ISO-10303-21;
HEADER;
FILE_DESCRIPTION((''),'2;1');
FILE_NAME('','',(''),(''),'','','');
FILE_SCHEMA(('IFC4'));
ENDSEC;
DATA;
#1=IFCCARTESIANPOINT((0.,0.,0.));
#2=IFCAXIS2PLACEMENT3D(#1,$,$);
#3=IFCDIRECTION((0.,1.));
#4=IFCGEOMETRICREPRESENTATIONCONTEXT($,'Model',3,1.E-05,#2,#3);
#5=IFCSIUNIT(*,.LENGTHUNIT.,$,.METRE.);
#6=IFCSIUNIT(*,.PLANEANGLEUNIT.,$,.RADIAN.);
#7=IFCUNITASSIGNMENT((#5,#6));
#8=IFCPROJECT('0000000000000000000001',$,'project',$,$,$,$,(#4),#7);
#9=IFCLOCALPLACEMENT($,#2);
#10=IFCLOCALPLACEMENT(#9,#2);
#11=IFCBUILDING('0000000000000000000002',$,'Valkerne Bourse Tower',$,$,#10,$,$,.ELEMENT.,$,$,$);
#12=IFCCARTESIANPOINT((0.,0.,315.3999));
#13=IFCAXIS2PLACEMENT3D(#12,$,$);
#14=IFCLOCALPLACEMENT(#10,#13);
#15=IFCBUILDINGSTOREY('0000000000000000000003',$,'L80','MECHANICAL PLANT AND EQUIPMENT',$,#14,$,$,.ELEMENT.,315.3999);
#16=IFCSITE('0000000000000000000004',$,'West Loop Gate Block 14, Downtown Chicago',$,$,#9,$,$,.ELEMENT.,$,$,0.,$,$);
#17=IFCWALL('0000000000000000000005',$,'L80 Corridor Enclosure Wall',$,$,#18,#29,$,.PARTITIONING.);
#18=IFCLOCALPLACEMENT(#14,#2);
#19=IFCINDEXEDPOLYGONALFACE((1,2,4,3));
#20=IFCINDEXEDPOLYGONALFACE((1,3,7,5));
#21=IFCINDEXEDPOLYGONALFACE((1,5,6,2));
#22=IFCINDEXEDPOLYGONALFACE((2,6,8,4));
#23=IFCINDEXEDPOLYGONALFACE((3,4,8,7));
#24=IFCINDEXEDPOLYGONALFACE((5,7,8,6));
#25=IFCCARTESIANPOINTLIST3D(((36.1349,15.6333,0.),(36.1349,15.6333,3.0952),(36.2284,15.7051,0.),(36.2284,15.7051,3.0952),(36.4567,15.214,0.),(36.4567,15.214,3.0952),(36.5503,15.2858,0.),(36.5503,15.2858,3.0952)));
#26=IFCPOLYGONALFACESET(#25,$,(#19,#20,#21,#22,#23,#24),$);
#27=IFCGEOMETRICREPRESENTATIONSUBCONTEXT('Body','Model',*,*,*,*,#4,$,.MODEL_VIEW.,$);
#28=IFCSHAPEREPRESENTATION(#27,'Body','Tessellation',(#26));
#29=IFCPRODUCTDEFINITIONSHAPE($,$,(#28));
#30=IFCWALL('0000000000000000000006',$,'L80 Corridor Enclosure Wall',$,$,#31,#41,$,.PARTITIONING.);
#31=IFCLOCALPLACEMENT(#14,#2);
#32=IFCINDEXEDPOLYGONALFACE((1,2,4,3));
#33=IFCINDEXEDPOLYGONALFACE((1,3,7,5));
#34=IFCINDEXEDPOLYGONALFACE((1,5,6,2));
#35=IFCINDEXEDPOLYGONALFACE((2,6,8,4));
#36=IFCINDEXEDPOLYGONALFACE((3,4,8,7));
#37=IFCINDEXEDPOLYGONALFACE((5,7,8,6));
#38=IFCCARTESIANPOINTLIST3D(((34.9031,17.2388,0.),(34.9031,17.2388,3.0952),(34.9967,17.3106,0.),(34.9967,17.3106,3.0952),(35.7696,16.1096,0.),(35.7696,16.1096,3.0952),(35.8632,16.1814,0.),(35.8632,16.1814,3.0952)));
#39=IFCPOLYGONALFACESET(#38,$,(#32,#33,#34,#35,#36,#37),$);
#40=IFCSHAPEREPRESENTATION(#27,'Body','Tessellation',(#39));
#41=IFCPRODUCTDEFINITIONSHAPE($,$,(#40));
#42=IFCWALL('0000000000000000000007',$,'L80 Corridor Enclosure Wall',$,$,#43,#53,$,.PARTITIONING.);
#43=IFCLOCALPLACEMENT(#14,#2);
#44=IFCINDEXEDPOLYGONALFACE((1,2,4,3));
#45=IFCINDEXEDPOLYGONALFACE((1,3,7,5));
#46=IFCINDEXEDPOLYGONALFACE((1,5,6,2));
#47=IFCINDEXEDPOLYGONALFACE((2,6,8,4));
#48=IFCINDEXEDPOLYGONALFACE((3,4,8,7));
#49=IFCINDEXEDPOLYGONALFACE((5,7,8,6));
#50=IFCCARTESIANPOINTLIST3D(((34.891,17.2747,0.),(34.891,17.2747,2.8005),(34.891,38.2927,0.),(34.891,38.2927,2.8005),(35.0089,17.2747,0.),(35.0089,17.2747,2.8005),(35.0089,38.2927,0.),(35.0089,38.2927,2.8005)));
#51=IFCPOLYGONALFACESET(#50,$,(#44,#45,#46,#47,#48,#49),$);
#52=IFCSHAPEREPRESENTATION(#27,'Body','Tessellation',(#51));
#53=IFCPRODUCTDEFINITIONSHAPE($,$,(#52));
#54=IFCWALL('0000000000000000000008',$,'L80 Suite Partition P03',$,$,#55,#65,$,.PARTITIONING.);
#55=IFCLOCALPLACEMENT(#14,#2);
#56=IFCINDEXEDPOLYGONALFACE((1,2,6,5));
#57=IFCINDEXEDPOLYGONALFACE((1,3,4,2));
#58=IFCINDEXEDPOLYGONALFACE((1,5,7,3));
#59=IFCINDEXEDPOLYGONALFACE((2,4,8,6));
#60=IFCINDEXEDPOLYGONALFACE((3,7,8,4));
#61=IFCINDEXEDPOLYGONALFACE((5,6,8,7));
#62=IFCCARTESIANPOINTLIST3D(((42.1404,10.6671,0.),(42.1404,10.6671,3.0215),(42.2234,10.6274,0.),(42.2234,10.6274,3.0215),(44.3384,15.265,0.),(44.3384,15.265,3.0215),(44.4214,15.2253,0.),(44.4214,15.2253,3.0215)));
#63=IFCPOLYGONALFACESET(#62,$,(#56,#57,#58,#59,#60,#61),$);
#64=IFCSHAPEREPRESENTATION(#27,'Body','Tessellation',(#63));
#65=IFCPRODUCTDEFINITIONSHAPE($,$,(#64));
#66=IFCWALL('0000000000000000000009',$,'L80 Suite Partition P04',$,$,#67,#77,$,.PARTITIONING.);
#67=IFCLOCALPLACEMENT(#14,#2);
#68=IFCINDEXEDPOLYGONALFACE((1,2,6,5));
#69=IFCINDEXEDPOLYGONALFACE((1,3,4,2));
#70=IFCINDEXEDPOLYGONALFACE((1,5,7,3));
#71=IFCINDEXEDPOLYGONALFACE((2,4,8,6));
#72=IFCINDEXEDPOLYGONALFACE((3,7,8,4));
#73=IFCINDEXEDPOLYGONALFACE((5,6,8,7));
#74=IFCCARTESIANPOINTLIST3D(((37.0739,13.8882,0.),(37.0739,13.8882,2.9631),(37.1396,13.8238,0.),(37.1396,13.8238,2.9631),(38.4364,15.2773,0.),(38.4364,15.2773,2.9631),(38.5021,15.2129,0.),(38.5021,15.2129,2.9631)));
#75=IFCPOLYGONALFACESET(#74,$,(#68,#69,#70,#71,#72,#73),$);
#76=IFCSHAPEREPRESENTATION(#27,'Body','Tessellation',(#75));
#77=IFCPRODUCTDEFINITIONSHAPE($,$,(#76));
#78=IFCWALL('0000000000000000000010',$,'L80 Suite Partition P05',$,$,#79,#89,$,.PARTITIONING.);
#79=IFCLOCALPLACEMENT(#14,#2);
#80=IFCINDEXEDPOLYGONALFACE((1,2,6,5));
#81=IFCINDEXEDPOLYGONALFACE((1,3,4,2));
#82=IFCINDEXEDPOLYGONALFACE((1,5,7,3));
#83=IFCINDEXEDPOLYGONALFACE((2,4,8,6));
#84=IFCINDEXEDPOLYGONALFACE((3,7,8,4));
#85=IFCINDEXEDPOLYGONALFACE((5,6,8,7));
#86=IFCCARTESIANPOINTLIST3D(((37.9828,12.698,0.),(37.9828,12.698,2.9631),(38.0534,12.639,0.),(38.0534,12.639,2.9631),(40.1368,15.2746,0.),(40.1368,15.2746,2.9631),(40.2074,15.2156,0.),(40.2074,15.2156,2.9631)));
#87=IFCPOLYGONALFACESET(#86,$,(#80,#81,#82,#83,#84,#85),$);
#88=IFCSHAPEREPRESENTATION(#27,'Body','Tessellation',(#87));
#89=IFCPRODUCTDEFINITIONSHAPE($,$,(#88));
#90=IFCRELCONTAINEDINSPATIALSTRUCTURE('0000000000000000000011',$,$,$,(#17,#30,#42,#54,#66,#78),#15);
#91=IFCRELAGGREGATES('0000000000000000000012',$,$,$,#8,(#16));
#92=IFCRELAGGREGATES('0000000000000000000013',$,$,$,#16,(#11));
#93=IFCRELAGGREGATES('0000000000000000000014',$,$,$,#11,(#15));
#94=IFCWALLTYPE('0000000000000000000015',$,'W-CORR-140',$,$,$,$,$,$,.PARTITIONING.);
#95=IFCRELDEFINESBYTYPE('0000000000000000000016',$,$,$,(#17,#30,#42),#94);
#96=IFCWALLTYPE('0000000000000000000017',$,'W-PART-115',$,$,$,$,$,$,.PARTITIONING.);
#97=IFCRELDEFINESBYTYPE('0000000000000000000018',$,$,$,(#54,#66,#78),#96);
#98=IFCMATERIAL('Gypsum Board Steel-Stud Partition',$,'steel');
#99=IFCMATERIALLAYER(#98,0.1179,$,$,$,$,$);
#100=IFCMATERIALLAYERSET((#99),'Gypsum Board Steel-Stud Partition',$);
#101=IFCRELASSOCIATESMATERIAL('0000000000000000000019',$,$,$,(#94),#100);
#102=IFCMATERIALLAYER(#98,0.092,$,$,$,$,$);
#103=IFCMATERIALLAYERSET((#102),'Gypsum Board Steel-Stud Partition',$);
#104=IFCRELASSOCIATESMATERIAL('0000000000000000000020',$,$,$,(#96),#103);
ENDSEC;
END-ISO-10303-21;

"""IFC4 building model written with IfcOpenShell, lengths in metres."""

from ifc_helpers import new_model, si_unit, direction, frame, frame_2d, origin, place, context, subcontext, project, spatial, rectangle, extrude, material, layer, layer_set, type_object, element, save


model = new_model("IFC4")

# Units and contexts
model_context = context("Model", 3, precision=1e-05, world=origin(), true_north=direction((0.0, 1.0)))
body_context = subcontext(model_context, "Body", "Model", "MODEL_VIEW")
ifc_project = project(units=[si_unit("LENGTHUNIT", "METRE"), si_unit("PLANEANGLEUNIT", "RADIAN")], contexts=[model_context])

# Site, building, storey
site_placement = place(None, origin())
site = spatial("IfcSite", under=ifc_project, at=site_placement, Name="West Loop Gate Block 14, Downtown Chicago", CompositionType="ELEMENT", RefElevation=0.0)
building_placement = place(site_placement, origin())
building = spatial("IfcBuilding", under=site, at=building_placement, Name="Valkerne Bourse Tower", CompositionType="ELEMENT")
storey_placement = place(building_placement, frame((0.0, 0.0, 315.3999)))
storey = spatial("IfcBuildingStorey", under=building, at=storey_placement, Name="L80", Description="MECHANICAL PLANT AND EQUIPMENT", CompositionType="ELEMENT", Elevation=315.3999)

# Walls
ifc_material_1 = material(Name="Gypsum Board Steel-Stud Partition", Category="steel")
ifc_layer_1 = layer(ifc_material_1, 0.1179)
ifc_layer_set_1 = layer_set([ifc_layer_1], Name="Gypsum Board Steel-Stud Partition")
wall_type_1 = type_object("IfcWallType", Name="W-CORR-140", PredefinedType="PARTITIONING", material=ifc_layer_set_1)
wall_1_placement = place(storey_placement, frame((36.5034, 15.25, 0.0), z_axis=(0.0, 0.0, 1.0), x_axis=(-0.608907, 0.793242, 0.0)))
element("IfcWall", 1, at=wall_1_placement, inside=storey, type_object=wall_type_1, Name="L80 Corridor Enclosure Wall", PredefinedType="PARTITIONING", context=body_context, shape_type="SweptSolid", body=[
    extrude(rectangle(XDim=0.5286, YDim=0.1179, at=frame_2d((0.2642, 0.0))), origin(), (0.0, 0.0, 1.0), 3.0952),
])
wall_2_placement = place(storey_placement, frame((35.8164, 16.1455, 0.0), z_axis=(0.0, 0.0, 1.0), x_axis=(-0.608774, 0.793344, 0.0)))
element("IfcWall", 2, at=wall_2_placement, inside=storey, type_object=wall_type_1, Name="L80 Corridor Enclosure Wall", PredefinedType="PARTITIONING", context=body_context, shape_type="SweptSolid", body=[
    extrude(rectangle(XDim=1.4233, YDim=0.1179, at=frame_2d((0.7117, 0.0))), origin(), (0.0, 0.0, 1.0), 3.0952),
])
wall_3_placement = place(storey_placement, frame((34.95, 17.2747, 0.0), z_axis=(0.0, 0.0, 1.0), x_axis=(0.0, 1.0, 0.0)))
element("IfcWall", 3, at=wall_3_placement, inside=storey, type_object=wall_type_1, Name="L80 Corridor Enclosure Wall", PredefinedType="PARTITIONING", context=body_context, shape_type="SweptSolid", body=[
    extrude(rectangle(XDim=21.0181, YDim=0.1179, at=frame_2d((10.509, 0.0))), origin(), (0.0, 0.0, 1.0), 2.8005),
])
ifc_layer_2 = layer(ifc_material_1, 0.092)
ifc_layer_set_2 = layer_set([ifc_layer_2], Name="Gypsum Board Steel-Stud Partition")
wall_type_2 = type_object("IfcWallType", Name="W-PART-115", PredefinedType="PARTITIONING", material=ifc_layer_set_2)
wall_4_placement = place(storey_placement, frame((44.3799, 15.2451, 0.0), z_axis=(0.0, 0.0, 1.0), x_axis=(-0.431296, -0.90221, 0.0)))
element("IfcWall", 4, at=wall_4_placement, inside=storey, type_object=wall_type_2, Name="L80 Suite Partition P03", PredefinedType="PARTITIONING", context=body_context, shape_type="SweptSolid", body=[
    extrude(rectangle(XDim=5.0962, YDim=0.092, at=frame_2d((2.5481, 0.0))), origin(), (0.0, 0.0, 1.0), 3.0215),
])
wall_5_placement = place(storey_placement, frame((38.4692, 15.2451, 0.0), z_axis=(0.0, 0.0, 1.0), x_axis=(-0.700236, -0.713912, 0.0)))
element("IfcWall", 5, at=wall_5_placement, inside=storey, type_object=wall_type_2, Name="L80 Suite Partition P04", PredefinedType="PARTITIONING", context=body_context, shape_type="SweptSolid", body=[
    extrude(rectangle(XDim=1.9458, YDim=0.092, at=frame_2d((0.9729, 0.0))), origin(), (0.0, 0.0, 1.0), 2.9631),
])
wall_6_placement = place(storey_placement, frame((40.1721, 15.2451, 0.0), z_axis=(0.0, 0.0, 1.0), x_axis=(-0.641385, -0.767219, 0.0)))
element("IfcWall", 6, at=wall_6_placement, inside=storey, type_object=wall_type_2, Name="L80 Suite Partition P05", PredefinedType="PARTITIONING", context=body_context, shape_type="SweptSolid", body=[
    extrude(rectangle(XDim=3.3584, YDim=0.092, at=frame_2d((1.6792, 0.0))), origin(), (0.0, 0.0, 1.0), 2.9631),
])

save(model, "model.ifc")
